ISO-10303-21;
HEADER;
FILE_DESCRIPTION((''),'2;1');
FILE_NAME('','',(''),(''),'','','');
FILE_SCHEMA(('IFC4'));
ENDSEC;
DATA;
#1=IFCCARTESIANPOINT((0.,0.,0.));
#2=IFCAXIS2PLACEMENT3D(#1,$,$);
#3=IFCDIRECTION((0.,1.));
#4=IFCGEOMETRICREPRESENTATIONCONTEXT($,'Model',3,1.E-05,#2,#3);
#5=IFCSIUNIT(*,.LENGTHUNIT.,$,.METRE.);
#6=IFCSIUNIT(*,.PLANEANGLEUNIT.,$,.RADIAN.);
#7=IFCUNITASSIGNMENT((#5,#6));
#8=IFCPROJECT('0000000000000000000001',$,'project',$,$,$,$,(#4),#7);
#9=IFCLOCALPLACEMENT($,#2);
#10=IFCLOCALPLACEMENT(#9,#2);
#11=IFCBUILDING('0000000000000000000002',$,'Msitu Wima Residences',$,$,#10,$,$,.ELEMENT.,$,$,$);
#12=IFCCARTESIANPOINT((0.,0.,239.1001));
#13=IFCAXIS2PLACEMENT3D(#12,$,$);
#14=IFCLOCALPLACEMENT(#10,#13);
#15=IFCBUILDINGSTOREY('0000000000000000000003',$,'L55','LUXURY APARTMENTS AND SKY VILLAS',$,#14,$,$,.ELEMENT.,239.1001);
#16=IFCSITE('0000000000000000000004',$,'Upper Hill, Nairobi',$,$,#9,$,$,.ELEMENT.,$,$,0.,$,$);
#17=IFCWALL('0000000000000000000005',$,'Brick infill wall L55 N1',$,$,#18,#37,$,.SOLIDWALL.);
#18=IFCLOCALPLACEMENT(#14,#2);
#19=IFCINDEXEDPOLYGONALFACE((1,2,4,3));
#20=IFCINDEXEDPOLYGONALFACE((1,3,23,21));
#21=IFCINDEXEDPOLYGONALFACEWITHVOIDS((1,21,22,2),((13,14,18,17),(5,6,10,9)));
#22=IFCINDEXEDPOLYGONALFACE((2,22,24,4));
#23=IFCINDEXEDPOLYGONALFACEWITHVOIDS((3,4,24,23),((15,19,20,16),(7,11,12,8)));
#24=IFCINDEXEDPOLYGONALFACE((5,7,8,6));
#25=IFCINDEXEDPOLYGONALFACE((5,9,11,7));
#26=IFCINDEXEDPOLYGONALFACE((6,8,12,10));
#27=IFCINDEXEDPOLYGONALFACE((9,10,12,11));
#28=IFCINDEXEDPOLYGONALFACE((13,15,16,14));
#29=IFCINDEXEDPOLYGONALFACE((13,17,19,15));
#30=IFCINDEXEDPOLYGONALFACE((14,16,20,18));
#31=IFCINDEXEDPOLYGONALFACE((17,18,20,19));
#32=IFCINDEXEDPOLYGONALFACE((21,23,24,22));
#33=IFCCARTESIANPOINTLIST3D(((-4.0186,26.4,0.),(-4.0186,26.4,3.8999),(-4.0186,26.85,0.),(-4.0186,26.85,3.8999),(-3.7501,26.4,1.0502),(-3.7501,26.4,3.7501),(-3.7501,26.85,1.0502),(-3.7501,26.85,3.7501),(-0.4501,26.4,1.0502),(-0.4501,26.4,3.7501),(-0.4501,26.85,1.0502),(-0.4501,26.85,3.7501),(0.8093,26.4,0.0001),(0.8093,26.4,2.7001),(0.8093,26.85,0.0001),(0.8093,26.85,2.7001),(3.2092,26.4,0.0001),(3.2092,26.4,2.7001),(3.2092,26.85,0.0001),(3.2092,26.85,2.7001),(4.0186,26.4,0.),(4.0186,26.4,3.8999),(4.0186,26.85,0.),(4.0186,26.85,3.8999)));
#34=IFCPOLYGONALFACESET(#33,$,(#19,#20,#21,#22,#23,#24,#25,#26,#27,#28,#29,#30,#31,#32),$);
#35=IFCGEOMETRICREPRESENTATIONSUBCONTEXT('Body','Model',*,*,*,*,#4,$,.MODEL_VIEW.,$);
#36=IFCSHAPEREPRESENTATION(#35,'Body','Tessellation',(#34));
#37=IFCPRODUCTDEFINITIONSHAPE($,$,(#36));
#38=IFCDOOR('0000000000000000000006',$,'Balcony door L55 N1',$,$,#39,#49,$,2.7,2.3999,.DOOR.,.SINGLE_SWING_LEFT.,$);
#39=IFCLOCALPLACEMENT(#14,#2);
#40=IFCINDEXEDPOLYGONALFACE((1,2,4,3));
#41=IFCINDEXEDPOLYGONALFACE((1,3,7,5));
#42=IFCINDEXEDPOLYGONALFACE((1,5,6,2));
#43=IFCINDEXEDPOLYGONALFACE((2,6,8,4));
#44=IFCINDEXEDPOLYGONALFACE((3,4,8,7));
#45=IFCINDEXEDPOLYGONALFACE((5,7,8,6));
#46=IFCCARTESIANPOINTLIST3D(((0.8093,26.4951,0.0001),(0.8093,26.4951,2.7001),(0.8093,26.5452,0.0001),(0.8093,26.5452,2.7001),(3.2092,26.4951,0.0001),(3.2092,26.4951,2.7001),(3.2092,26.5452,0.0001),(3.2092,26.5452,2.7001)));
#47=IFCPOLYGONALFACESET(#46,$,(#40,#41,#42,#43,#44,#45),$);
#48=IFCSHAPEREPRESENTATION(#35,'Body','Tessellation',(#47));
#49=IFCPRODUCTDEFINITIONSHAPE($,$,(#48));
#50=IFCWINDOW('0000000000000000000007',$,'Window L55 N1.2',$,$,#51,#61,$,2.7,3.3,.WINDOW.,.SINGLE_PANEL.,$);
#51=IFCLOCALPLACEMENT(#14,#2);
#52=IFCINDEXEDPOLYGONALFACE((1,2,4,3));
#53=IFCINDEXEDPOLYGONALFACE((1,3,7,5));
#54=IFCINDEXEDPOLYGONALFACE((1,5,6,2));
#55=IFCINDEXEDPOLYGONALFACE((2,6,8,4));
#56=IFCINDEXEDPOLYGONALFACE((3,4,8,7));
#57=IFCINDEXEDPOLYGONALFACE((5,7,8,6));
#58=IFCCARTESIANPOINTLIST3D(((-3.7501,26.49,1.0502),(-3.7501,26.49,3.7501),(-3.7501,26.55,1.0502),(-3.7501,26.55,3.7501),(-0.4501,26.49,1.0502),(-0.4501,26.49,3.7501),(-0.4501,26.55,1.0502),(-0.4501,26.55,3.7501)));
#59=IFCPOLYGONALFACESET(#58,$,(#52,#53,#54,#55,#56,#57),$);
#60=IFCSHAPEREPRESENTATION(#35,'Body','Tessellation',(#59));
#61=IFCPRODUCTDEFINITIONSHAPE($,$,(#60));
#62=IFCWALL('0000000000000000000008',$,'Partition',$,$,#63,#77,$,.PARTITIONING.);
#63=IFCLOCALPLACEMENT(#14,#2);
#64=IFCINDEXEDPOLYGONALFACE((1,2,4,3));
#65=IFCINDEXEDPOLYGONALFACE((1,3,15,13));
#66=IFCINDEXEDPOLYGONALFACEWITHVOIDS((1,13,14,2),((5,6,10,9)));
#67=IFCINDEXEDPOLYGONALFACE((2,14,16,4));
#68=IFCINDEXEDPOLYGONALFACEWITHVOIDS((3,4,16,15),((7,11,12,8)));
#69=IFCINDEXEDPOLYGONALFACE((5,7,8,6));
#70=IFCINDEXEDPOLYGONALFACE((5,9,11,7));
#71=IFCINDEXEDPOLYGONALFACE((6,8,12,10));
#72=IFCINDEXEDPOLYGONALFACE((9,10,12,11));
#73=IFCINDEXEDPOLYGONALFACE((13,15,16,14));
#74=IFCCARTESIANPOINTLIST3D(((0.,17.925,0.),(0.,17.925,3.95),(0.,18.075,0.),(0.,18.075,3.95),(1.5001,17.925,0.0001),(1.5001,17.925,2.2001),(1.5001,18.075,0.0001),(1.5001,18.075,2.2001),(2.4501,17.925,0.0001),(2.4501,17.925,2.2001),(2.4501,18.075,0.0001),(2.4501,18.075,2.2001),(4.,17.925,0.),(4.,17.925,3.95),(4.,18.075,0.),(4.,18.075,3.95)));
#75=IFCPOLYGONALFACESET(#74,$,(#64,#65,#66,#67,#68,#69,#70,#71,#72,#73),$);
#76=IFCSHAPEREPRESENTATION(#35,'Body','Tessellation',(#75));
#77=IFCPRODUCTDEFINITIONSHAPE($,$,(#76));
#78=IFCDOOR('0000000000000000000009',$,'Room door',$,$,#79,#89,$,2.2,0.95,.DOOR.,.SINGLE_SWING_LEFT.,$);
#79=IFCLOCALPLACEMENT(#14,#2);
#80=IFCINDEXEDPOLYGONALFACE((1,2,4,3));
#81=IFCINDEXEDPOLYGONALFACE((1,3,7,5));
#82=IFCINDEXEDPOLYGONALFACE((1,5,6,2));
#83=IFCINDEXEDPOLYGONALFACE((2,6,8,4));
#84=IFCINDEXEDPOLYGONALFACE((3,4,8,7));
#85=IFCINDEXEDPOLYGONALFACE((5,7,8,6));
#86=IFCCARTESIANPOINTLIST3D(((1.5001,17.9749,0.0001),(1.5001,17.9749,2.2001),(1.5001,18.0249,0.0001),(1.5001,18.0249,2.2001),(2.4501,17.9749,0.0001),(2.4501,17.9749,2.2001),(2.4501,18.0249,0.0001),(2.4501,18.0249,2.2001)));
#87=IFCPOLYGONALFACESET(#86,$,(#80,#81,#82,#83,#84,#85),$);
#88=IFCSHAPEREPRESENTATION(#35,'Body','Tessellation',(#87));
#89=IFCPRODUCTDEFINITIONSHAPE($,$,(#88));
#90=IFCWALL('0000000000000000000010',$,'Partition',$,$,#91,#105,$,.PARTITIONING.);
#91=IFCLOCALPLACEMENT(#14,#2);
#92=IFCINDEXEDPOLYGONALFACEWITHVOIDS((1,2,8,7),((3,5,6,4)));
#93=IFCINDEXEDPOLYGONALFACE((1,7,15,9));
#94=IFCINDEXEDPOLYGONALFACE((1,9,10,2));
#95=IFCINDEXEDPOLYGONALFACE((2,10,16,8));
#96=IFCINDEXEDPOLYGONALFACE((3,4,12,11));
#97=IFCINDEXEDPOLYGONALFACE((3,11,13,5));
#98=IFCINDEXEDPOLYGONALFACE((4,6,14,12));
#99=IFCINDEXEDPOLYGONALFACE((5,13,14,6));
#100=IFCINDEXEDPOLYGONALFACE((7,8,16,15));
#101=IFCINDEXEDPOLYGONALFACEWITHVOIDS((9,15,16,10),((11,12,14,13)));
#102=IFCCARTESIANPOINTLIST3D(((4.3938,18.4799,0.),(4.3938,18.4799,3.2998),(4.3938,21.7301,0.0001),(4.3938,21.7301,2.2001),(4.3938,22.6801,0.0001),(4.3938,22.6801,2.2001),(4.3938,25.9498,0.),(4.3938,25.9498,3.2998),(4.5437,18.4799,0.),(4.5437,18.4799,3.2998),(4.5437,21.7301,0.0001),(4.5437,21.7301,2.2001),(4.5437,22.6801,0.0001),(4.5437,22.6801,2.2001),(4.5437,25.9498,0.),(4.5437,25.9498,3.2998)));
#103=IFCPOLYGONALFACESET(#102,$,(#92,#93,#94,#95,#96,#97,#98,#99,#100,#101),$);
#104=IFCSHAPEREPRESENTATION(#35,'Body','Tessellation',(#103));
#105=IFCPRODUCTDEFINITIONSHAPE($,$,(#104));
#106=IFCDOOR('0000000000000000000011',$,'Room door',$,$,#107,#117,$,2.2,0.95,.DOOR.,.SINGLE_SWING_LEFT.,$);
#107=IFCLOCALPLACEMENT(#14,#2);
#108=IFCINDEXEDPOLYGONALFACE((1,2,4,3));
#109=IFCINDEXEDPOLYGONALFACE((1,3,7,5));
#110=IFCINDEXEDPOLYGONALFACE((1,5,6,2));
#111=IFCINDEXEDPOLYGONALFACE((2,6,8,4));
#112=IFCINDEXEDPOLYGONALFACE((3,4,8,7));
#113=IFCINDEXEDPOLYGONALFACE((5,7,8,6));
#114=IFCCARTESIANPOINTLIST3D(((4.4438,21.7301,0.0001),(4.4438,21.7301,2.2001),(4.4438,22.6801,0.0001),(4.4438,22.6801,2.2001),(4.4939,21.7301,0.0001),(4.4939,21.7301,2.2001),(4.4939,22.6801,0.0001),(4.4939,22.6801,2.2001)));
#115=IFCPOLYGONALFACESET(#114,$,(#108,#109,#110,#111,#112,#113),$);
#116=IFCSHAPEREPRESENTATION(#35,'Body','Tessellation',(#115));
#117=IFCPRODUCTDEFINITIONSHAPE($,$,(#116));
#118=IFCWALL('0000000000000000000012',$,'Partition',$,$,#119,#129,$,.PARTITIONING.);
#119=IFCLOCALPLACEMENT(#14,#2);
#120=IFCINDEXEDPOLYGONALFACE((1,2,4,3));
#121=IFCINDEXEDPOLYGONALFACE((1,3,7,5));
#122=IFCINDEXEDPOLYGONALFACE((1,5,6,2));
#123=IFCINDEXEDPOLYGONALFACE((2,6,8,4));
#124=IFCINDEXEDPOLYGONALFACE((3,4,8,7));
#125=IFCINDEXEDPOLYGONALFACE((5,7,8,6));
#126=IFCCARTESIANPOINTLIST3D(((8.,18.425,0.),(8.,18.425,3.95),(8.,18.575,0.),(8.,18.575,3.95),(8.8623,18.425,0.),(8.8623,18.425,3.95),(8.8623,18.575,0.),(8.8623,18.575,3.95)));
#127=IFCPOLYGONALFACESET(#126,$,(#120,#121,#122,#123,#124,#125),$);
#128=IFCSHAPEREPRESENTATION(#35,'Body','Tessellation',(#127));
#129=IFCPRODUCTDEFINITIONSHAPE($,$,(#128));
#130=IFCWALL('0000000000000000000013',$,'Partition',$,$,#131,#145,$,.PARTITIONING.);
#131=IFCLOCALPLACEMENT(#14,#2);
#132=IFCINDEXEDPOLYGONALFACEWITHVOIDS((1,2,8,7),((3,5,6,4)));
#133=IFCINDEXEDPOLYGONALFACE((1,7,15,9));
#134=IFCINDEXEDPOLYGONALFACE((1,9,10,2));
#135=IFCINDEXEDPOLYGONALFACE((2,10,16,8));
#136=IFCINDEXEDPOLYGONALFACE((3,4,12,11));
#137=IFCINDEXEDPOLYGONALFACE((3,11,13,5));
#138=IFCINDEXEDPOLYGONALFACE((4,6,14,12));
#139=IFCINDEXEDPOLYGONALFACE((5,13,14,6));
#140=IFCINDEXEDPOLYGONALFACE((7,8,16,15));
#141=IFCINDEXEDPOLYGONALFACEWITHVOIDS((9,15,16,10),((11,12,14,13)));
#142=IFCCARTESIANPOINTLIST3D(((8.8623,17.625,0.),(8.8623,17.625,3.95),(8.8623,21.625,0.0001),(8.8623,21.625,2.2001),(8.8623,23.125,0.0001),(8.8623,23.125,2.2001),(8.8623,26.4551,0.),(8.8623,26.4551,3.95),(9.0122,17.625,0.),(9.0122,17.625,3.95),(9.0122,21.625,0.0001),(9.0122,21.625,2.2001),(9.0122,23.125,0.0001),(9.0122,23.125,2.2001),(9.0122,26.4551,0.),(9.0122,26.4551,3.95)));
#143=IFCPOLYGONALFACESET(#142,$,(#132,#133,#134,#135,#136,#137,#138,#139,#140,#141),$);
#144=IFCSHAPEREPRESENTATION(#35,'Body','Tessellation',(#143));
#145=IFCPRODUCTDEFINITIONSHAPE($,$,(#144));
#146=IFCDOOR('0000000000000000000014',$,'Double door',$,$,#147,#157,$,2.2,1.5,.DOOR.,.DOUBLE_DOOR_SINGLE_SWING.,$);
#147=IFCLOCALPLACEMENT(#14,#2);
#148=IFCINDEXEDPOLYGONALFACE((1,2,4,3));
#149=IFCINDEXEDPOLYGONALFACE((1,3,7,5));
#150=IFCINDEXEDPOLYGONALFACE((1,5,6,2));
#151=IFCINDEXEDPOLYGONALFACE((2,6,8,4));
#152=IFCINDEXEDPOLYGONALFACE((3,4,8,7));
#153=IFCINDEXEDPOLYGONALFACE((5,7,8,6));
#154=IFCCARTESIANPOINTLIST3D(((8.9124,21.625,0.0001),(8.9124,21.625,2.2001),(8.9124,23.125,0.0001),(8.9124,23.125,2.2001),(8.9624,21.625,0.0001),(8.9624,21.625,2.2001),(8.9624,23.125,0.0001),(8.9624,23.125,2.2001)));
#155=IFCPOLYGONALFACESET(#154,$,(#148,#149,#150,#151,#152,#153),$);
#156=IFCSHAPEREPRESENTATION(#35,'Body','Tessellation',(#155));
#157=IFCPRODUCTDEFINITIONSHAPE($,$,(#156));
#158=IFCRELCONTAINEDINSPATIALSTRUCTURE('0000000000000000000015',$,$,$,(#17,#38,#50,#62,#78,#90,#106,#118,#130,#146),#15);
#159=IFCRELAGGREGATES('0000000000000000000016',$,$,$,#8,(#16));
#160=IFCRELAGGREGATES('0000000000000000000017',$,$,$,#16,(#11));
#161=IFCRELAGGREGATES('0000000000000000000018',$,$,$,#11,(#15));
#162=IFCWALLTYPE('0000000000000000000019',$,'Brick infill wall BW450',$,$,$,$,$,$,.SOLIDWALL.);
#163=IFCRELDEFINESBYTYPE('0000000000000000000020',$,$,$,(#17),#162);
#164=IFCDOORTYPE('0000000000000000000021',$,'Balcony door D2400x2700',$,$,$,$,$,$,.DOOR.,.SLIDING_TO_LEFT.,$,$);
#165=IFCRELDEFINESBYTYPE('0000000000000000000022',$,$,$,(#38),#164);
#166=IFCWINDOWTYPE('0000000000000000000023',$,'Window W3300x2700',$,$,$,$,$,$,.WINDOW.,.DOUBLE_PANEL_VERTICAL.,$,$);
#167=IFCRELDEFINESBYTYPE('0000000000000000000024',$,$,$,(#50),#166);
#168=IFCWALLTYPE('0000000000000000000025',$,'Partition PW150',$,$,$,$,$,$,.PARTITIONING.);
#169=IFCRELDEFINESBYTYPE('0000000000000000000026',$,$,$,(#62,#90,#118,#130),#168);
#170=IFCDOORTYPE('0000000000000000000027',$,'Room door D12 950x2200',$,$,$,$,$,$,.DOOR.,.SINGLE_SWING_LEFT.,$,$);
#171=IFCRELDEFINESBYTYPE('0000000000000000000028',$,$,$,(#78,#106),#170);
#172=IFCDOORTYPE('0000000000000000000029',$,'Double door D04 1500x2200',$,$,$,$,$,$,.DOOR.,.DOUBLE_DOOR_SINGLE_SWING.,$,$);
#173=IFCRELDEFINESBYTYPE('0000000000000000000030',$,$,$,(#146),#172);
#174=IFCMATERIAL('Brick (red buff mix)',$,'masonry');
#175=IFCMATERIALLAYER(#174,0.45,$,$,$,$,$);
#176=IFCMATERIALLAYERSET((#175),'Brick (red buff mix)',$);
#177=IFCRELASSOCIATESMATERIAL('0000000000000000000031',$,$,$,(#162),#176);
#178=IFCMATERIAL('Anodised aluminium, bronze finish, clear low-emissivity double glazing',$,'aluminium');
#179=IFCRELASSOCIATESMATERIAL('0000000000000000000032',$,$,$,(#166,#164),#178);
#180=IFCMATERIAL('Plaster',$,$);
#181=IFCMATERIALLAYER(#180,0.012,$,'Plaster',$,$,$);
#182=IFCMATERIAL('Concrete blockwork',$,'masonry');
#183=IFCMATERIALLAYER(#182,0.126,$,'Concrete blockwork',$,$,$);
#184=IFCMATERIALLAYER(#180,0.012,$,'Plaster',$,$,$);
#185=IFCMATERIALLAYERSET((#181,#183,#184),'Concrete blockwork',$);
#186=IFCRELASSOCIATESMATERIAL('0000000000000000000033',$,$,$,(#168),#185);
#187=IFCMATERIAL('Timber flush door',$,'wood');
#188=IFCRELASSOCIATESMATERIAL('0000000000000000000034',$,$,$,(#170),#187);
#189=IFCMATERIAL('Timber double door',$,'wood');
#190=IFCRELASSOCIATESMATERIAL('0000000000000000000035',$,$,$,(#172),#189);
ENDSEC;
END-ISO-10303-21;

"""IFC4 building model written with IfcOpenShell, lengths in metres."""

from ifc_helpers import new_model, si_unit, direction, frame, frame_2d, origin, place, context, subcontext, project, spatial, rectangle, extrude, material, layer, layer_set, type_object, element, fill, save


model = new_model("IFC4")

# Units and contexts
model_context = context("Model", 3, precision=1e-05, world=origin(), true_north=direction((0.0, 1.0)))
body_context = subcontext(model_context, "Body", "Model", "MODEL_VIEW")
ifc_project = project(units=[si_unit("LENGTHUNIT", "METRE"), si_unit("PLANEANGLEUNIT", "RADIAN")], contexts=[model_context])

# Site, building, storey
site_placement = place(None, origin())
site = spatial("IfcSite", under=ifc_project, at=site_placement, Name="Upper Hill, Nairobi", CompositionType="ELEMENT", RefElevation=0.0)
building_placement = place(site_placement, origin())
building = spatial("IfcBuilding", under=site, at=building_placement, Name="Msitu Wima Residences", CompositionType="ELEMENT")
storey_placement = place(building_placement, frame((0.0, 0.0, 239.1001)))
storey = spatial("IfcBuildingStorey", under=building, at=storey_placement, Name="L55", Description="LUXURY APARTMENTS AND SKY VILLAS", CompositionType="ELEMENT", Elevation=239.1001)

# Shared definitions
ifc_material_1 = material(Name="Brick (red buff mix)", Category="masonry")
ifc_layer_1 = layer(ifc_material_1, 0.45)
ifc_layer_set_1 = layer_set([ifc_layer_1], Name="Brick (red buff mix)")
wall_type_1 = type_object("IfcWallType", Name="Brick infill wall BW450", PredefinedType="SOLIDWALL", material=ifc_layer_set_1)
ifc_material_2 = material(Name="Anodised aluminium, bronze finish, clear low-emissivity double glazing", Category="aluminium")
window_type = type_object("IfcWindowType", Name="Window W3300x2700", PartitioningType="DOUBLE_PANEL_VERTICAL", PredefinedType="WINDOW", material=ifc_material_2)

# Wall, openings, door, window
wall_1_placement = place(storey_placement, frame((4.0186, 26.625, 0.0), z_axis=(0.0, 0.0, 1.0), x_axis=(-1.0, 0.0, 0.0)))
wall_1 = element("IfcWall", 1, at=wall_1_placement, inside=storey, type_object=wall_type_1, Name="Brick infill wall L55 N1", PredefinedType="SOLIDWALL", context=body_context, shape_type="SweptSolid", body=[
    extrude(rectangle(XDim=8.0371, YDim=0.45, at=frame_2d((4.0186, 0.0))), origin(), (0.0, 0.0, 1.0), 3.8999),
])
opening_1_placement = place(wall_1_placement, frame((0.8093, 0.0, 0.0)))
opening_1 = element("IfcOpeningElement", 2, at=opening_1_placement, cuts=wall_1, PredefinedType="OPENING", context=body_context, shape_type="SweptSolid", body=[
    extrude(rectangle(XDim=2.3999, YDim=2.7, at=frame_2d((1.2, 1.3501))), frame((0.0, 0.2349, 0.0), z_axis=(0.0, -1.0, 0.0), x_axis=(1.0, 0.0, 0.0)), (0.0, 0.0, 1.0), 0.47),
])
opening_2_placement = place(wall_1_placement, frame((4.4688, 0.0, 1.05)))
opening_2 = element("IfcOpeningElement", 3, at=opening_2_placement, cuts=wall_1, PredefinedType="OPENING", context=body_context, shape_type="SweptSolid", body=[
    extrude(rectangle(XDim=3.3, YDim=2.7, at=frame_2d((1.6499, 1.3501))), frame((0.0, 0.2349, 0.0), z_axis=(0.0, -1.0, 0.0), x_axis=(1.0, 0.0, 0.0)), (0.0, 0.0, 1.0), 0.47),
])
door_type_1 = type_object("IfcDoorType", Name="Balcony door D2400x2700", OperationType="SLIDING_TO_LEFT", PredefinedType="DOOR", material=ifc_material_2)
door_1_placement = place(opening_1_placement, origin())
door_1 = element("IfcDoor", 4, at=door_1_placement, inside=storey, type_object=door_type_1, Name="Balcony door L55 N1", OperationType="SINGLE_SWING_LEFT", OverallHeight=2.7, OverallWidth=2.3999, PredefinedType="DOOR", context=body_context, shape_type="SweptSolid", body=[
    extrude(rectangle(XDim=2.3999, YDim=2.7, at=frame_2d((1.2, 1.3501))), frame((0.0, 0.1299, 0.0), z_axis=(0.0, -1.0, 0.0), x_axis=(1.0, 0.0, 0.0)), (0.0, 0.0, 1.0), 0.05),
])
fill(opening_1, door_1)
window_1_placement = place(opening_2_placement, origin())
window_1 = element("IfcWindow", 5, at=window_1_placement, inside=storey, type_object=window_type, Name="Window L55 N1.2", OverallHeight=2.7, OverallWidth=3.3, PartitioningType="SINGLE_PANEL", PredefinedType="WINDOW", context=body_context, shape_type="SweptSolid", body=[
    extrude(rectangle(XDim=3.3, YDim=2.7, at=frame_2d((1.6499, 1.3501))), frame((0.0, 0.135, 0.0), z_axis=(0.0, -1.0, 0.0), x_axis=(1.0, 0.0, 0.0)), (0.0, 0.0, 1.0), 0.0601),
])
fill(opening_2, window_1)

# Walls, openings, doors
ifc_material_3 = material(Name="Plaster")
ifc_layer_2 = layer(ifc_material_3, 0.012, Name="Plaster")
ifc_material_4 = material(Name="Concrete blockwork", Category="masonry")
ifc_layer_3 = layer(ifc_material_4, 0.126, Name="Concrete blockwork")
ifc_layer_4 = layer(ifc_material_3, 0.012, Name="Plaster")
ifc_layer_set_2 = layer_set([ifc_layer_2, ifc_layer_3, ifc_layer_4], Name="Concrete blockwork")
wall_type_2 = type_object("IfcWallType", Name="Partition PW150", PredefinedType="PARTITIONING", material=ifc_layer_set_2)
wall_2_placement = place(storey_placement, frame((0.0, 18.0, 0.0), z_axis=(0.0, 0.0, 1.0), x_axis=(1.0, 0.0, 0.0)))
wall_2 = element("IfcWall", 6, at=wall_2_placement, inside=storey, type_object=wall_type_2, Name="Partition", PredefinedType="PARTITIONING", context=body_context, shape_type="SweptSolid", body=[
    extrude(rectangle(XDim=4.0, YDim=0.1499, at=frame_2d((2.0, 0.0))), origin(), (0.0, 0.0, 1.0), 3.95),
])
opening_3_placement = place(wall_2_placement, frame((1.5, 0.0, 0.0)))
opening_3 = element("IfcOpeningElement", 7, at=opening_3_placement, cuts=wall_2, PredefinedType="OPENING", context=body_context, shape_type="SweptSolid", body=[
    extrude(rectangle(XDim=0.95, YDim=2.2, at=frame_2d((0.4751, 1.1001))), frame((0.0, 0.085, 0.0), z_axis=(0.0, -1.0, 0.0), x_axis=(1.0, 0.0, 0.0)), (0.0, 0.0, 1.0), 0.1699),
])
ifc_material_5 = material(Name="Timber flush door", Category="wood")
door_type_2 = type_object("IfcDoorType", Name="Room door D12 950x2200", OperationType="SINGLE_SWING_LEFT", PredefinedType="DOOR", material=ifc_material_5)
door_2_placement = place(opening_3_placement, origin())
door_2 = element("IfcDoor", 8, at=door_2_placement, inside=storey, type_object=door_type_2, Name="Room door", OperationType="SINGLE_SWING_LEFT", OverallHeight=2.2, OverallWidth=0.95, PredefinedType="DOOR", context=body_context, shape_type="SweptSolid", body=[
    extrude(rectangle(XDim=0.95, YDim=2.2, at=frame_2d((0.4751, 1.1001))), frame((0.0, 0.0249, 0.0), z_axis=(0.0, -1.0, 0.0), x_axis=(1.0, 0.0, 0.0)), (0.0, 0.0, 1.0), 0.05),
])
fill(opening_3, door_2)
wall_3_placement = place(storey_placement, frame((4.4688, 18.48, 0.0), z_axis=(0.0, 0.0, 1.0), x_axis=(0.0, 1.0, 0.0)))
wall_3 = element("IfcWall", 9, at=wall_3_placement, inside=storey, type_object=wall_type_2, Name="Partition", PredefinedType="PARTITIONING", context=body_context, shape_type="SweptSolid", body=[
    extrude(rectangle(XDim=7.47, YDim=0.1499, at=frame_2d((3.7349, 0.0))), origin(), (0.0, 0.0, 1.0), 3.2998),
])
opening_4_placement = place(wall_3_placement, frame((3.25, 0.0, 0.0)))
opening_4 = element("IfcOpeningElement", 10, at=opening_4_placement, cuts=wall_3, PredefinedType="OPENING", context=body_context, shape_type="SweptSolid", body=[
    extrude(rectangle(XDim=0.95, YDim=2.2, at=frame_2d((0.4751, 1.1001))), frame((0.0, 0.085, 0.0), z_axis=(0.0, -1.0, 0.0), x_axis=(1.0, 0.0, 0.0)), (0.0, 0.0, 1.0), 0.1699),
])
door_3_placement = place(opening_4_placement, origin())
door_3 = element("IfcDoor", 11, at=door_3_placement, inside=storey, type_object=door_type_2, Name="Room door", OperationType="SINGLE_SWING_LEFT", OverallHeight=2.2, OverallWidth=0.95, PredefinedType="DOOR", context=body_context, shape_type="SweptSolid", body=[
    extrude(rectangle(XDim=0.95, YDim=2.2, at=frame_2d((0.4751, 1.1001))), frame((0.0, 0.0249, 0.0), z_axis=(0.0, -1.0, 0.0), x_axis=(1.0, 0.0, 0.0)), (0.0, 0.0, 1.0), 0.05),
])
fill(opening_4, door_3)

# Wall
wall_4_placement = place(storey_placement, frame((8.0, 18.5, 0.0), z_axis=(0.0, 0.0, 1.0), x_axis=(1.0, 0.0, 0.0)))
element("IfcWall", 12, at=wall_4_placement, inside=storey, type_object=wall_type_2, Name="Partition", PredefinedType="PARTITIONING", context=body_context, shape_type="SweptSolid", body=[
    extrude(rectangle(XDim=0.8623, YDim=0.1499, at=frame_2d((0.4312, 0.0))), origin(), (0.0, 0.0, 1.0), 3.95),
])

# Wall, opening, door
wall_5_placement = place(storey_placement, frame((8.9373, 17.625, 0.0), z_axis=(0.0, 0.0, 1.0), x_axis=(0.0, 1.0, 0.0)))
wall_5 = element("IfcWall", 13, at=wall_5_placement, inside=storey, type_object=wall_type_2, Name="Partition", PredefinedType="PARTITIONING", context=body_context, shape_type="SweptSolid", body=[
    extrude(rectangle(XDim=8.8301, YDim=0.1499, at=frame_2d((4.415, 0.0))), origin(), (0.0, 0.0, 1.0), 3.95),
])
opening_5_placement = place(wall_5_placement, frame((4.0, 0.0, 0.0)))
opening_5 = element("IfcOpeningElement", 14, at=opening_5_placement, cuts=wall_5, PredefinedType="OPENING", context=body_context, shape_type="SweptSolid", body=[
    extrude(rectangle(XDim=1.5, YDim=2.2, at=frame_2d((0.75, 1.1001))), frame((0.0, 0.085, 0.0), z_axis=(0.0, -1.0, 0.0), x_axis=(1.0, 0.0, 0.0)), (0.0, 0.0, 1.0), 0.1699),
])
ifc_material_6 = material(Name="Timber double door", Category="wood")
door_type_3 = type_object("IfcDoorType", Name="Double door D04 1500x2200", OperationType="DOUBLE_DOOR_SINGLE_SWING", PredefinedType="DOOR", material=ifc_material_6)
door_4_placement = place(opening_5_placement, origin())
door_4 = element("IfcDoor", 15, at=door_4_placement, inside=storey, type_object=door_type_3, Name="Double door", OperationType="DOUBLE_DOOR_SINGLE_SWING", OverallHeight=2.2, OverallWidth=1.5, PredefinedType="DOOR", context=body_context, shape_type="SweptSolid", body=[
    extrude(rectangle(XDim=1.5, YDim=2.2, at=frame_2d((0.75, 1.1001))), frame((0.0, 0.0249, 0.0), z_axis=(0.0, -1.0, 0.0), x_axis=(1.0, 0.0, 0.0)), (0.0, 0.0, 1.0), 0.05),
])
fill(opening_5, door_4)

save(model, "model.ifc")
